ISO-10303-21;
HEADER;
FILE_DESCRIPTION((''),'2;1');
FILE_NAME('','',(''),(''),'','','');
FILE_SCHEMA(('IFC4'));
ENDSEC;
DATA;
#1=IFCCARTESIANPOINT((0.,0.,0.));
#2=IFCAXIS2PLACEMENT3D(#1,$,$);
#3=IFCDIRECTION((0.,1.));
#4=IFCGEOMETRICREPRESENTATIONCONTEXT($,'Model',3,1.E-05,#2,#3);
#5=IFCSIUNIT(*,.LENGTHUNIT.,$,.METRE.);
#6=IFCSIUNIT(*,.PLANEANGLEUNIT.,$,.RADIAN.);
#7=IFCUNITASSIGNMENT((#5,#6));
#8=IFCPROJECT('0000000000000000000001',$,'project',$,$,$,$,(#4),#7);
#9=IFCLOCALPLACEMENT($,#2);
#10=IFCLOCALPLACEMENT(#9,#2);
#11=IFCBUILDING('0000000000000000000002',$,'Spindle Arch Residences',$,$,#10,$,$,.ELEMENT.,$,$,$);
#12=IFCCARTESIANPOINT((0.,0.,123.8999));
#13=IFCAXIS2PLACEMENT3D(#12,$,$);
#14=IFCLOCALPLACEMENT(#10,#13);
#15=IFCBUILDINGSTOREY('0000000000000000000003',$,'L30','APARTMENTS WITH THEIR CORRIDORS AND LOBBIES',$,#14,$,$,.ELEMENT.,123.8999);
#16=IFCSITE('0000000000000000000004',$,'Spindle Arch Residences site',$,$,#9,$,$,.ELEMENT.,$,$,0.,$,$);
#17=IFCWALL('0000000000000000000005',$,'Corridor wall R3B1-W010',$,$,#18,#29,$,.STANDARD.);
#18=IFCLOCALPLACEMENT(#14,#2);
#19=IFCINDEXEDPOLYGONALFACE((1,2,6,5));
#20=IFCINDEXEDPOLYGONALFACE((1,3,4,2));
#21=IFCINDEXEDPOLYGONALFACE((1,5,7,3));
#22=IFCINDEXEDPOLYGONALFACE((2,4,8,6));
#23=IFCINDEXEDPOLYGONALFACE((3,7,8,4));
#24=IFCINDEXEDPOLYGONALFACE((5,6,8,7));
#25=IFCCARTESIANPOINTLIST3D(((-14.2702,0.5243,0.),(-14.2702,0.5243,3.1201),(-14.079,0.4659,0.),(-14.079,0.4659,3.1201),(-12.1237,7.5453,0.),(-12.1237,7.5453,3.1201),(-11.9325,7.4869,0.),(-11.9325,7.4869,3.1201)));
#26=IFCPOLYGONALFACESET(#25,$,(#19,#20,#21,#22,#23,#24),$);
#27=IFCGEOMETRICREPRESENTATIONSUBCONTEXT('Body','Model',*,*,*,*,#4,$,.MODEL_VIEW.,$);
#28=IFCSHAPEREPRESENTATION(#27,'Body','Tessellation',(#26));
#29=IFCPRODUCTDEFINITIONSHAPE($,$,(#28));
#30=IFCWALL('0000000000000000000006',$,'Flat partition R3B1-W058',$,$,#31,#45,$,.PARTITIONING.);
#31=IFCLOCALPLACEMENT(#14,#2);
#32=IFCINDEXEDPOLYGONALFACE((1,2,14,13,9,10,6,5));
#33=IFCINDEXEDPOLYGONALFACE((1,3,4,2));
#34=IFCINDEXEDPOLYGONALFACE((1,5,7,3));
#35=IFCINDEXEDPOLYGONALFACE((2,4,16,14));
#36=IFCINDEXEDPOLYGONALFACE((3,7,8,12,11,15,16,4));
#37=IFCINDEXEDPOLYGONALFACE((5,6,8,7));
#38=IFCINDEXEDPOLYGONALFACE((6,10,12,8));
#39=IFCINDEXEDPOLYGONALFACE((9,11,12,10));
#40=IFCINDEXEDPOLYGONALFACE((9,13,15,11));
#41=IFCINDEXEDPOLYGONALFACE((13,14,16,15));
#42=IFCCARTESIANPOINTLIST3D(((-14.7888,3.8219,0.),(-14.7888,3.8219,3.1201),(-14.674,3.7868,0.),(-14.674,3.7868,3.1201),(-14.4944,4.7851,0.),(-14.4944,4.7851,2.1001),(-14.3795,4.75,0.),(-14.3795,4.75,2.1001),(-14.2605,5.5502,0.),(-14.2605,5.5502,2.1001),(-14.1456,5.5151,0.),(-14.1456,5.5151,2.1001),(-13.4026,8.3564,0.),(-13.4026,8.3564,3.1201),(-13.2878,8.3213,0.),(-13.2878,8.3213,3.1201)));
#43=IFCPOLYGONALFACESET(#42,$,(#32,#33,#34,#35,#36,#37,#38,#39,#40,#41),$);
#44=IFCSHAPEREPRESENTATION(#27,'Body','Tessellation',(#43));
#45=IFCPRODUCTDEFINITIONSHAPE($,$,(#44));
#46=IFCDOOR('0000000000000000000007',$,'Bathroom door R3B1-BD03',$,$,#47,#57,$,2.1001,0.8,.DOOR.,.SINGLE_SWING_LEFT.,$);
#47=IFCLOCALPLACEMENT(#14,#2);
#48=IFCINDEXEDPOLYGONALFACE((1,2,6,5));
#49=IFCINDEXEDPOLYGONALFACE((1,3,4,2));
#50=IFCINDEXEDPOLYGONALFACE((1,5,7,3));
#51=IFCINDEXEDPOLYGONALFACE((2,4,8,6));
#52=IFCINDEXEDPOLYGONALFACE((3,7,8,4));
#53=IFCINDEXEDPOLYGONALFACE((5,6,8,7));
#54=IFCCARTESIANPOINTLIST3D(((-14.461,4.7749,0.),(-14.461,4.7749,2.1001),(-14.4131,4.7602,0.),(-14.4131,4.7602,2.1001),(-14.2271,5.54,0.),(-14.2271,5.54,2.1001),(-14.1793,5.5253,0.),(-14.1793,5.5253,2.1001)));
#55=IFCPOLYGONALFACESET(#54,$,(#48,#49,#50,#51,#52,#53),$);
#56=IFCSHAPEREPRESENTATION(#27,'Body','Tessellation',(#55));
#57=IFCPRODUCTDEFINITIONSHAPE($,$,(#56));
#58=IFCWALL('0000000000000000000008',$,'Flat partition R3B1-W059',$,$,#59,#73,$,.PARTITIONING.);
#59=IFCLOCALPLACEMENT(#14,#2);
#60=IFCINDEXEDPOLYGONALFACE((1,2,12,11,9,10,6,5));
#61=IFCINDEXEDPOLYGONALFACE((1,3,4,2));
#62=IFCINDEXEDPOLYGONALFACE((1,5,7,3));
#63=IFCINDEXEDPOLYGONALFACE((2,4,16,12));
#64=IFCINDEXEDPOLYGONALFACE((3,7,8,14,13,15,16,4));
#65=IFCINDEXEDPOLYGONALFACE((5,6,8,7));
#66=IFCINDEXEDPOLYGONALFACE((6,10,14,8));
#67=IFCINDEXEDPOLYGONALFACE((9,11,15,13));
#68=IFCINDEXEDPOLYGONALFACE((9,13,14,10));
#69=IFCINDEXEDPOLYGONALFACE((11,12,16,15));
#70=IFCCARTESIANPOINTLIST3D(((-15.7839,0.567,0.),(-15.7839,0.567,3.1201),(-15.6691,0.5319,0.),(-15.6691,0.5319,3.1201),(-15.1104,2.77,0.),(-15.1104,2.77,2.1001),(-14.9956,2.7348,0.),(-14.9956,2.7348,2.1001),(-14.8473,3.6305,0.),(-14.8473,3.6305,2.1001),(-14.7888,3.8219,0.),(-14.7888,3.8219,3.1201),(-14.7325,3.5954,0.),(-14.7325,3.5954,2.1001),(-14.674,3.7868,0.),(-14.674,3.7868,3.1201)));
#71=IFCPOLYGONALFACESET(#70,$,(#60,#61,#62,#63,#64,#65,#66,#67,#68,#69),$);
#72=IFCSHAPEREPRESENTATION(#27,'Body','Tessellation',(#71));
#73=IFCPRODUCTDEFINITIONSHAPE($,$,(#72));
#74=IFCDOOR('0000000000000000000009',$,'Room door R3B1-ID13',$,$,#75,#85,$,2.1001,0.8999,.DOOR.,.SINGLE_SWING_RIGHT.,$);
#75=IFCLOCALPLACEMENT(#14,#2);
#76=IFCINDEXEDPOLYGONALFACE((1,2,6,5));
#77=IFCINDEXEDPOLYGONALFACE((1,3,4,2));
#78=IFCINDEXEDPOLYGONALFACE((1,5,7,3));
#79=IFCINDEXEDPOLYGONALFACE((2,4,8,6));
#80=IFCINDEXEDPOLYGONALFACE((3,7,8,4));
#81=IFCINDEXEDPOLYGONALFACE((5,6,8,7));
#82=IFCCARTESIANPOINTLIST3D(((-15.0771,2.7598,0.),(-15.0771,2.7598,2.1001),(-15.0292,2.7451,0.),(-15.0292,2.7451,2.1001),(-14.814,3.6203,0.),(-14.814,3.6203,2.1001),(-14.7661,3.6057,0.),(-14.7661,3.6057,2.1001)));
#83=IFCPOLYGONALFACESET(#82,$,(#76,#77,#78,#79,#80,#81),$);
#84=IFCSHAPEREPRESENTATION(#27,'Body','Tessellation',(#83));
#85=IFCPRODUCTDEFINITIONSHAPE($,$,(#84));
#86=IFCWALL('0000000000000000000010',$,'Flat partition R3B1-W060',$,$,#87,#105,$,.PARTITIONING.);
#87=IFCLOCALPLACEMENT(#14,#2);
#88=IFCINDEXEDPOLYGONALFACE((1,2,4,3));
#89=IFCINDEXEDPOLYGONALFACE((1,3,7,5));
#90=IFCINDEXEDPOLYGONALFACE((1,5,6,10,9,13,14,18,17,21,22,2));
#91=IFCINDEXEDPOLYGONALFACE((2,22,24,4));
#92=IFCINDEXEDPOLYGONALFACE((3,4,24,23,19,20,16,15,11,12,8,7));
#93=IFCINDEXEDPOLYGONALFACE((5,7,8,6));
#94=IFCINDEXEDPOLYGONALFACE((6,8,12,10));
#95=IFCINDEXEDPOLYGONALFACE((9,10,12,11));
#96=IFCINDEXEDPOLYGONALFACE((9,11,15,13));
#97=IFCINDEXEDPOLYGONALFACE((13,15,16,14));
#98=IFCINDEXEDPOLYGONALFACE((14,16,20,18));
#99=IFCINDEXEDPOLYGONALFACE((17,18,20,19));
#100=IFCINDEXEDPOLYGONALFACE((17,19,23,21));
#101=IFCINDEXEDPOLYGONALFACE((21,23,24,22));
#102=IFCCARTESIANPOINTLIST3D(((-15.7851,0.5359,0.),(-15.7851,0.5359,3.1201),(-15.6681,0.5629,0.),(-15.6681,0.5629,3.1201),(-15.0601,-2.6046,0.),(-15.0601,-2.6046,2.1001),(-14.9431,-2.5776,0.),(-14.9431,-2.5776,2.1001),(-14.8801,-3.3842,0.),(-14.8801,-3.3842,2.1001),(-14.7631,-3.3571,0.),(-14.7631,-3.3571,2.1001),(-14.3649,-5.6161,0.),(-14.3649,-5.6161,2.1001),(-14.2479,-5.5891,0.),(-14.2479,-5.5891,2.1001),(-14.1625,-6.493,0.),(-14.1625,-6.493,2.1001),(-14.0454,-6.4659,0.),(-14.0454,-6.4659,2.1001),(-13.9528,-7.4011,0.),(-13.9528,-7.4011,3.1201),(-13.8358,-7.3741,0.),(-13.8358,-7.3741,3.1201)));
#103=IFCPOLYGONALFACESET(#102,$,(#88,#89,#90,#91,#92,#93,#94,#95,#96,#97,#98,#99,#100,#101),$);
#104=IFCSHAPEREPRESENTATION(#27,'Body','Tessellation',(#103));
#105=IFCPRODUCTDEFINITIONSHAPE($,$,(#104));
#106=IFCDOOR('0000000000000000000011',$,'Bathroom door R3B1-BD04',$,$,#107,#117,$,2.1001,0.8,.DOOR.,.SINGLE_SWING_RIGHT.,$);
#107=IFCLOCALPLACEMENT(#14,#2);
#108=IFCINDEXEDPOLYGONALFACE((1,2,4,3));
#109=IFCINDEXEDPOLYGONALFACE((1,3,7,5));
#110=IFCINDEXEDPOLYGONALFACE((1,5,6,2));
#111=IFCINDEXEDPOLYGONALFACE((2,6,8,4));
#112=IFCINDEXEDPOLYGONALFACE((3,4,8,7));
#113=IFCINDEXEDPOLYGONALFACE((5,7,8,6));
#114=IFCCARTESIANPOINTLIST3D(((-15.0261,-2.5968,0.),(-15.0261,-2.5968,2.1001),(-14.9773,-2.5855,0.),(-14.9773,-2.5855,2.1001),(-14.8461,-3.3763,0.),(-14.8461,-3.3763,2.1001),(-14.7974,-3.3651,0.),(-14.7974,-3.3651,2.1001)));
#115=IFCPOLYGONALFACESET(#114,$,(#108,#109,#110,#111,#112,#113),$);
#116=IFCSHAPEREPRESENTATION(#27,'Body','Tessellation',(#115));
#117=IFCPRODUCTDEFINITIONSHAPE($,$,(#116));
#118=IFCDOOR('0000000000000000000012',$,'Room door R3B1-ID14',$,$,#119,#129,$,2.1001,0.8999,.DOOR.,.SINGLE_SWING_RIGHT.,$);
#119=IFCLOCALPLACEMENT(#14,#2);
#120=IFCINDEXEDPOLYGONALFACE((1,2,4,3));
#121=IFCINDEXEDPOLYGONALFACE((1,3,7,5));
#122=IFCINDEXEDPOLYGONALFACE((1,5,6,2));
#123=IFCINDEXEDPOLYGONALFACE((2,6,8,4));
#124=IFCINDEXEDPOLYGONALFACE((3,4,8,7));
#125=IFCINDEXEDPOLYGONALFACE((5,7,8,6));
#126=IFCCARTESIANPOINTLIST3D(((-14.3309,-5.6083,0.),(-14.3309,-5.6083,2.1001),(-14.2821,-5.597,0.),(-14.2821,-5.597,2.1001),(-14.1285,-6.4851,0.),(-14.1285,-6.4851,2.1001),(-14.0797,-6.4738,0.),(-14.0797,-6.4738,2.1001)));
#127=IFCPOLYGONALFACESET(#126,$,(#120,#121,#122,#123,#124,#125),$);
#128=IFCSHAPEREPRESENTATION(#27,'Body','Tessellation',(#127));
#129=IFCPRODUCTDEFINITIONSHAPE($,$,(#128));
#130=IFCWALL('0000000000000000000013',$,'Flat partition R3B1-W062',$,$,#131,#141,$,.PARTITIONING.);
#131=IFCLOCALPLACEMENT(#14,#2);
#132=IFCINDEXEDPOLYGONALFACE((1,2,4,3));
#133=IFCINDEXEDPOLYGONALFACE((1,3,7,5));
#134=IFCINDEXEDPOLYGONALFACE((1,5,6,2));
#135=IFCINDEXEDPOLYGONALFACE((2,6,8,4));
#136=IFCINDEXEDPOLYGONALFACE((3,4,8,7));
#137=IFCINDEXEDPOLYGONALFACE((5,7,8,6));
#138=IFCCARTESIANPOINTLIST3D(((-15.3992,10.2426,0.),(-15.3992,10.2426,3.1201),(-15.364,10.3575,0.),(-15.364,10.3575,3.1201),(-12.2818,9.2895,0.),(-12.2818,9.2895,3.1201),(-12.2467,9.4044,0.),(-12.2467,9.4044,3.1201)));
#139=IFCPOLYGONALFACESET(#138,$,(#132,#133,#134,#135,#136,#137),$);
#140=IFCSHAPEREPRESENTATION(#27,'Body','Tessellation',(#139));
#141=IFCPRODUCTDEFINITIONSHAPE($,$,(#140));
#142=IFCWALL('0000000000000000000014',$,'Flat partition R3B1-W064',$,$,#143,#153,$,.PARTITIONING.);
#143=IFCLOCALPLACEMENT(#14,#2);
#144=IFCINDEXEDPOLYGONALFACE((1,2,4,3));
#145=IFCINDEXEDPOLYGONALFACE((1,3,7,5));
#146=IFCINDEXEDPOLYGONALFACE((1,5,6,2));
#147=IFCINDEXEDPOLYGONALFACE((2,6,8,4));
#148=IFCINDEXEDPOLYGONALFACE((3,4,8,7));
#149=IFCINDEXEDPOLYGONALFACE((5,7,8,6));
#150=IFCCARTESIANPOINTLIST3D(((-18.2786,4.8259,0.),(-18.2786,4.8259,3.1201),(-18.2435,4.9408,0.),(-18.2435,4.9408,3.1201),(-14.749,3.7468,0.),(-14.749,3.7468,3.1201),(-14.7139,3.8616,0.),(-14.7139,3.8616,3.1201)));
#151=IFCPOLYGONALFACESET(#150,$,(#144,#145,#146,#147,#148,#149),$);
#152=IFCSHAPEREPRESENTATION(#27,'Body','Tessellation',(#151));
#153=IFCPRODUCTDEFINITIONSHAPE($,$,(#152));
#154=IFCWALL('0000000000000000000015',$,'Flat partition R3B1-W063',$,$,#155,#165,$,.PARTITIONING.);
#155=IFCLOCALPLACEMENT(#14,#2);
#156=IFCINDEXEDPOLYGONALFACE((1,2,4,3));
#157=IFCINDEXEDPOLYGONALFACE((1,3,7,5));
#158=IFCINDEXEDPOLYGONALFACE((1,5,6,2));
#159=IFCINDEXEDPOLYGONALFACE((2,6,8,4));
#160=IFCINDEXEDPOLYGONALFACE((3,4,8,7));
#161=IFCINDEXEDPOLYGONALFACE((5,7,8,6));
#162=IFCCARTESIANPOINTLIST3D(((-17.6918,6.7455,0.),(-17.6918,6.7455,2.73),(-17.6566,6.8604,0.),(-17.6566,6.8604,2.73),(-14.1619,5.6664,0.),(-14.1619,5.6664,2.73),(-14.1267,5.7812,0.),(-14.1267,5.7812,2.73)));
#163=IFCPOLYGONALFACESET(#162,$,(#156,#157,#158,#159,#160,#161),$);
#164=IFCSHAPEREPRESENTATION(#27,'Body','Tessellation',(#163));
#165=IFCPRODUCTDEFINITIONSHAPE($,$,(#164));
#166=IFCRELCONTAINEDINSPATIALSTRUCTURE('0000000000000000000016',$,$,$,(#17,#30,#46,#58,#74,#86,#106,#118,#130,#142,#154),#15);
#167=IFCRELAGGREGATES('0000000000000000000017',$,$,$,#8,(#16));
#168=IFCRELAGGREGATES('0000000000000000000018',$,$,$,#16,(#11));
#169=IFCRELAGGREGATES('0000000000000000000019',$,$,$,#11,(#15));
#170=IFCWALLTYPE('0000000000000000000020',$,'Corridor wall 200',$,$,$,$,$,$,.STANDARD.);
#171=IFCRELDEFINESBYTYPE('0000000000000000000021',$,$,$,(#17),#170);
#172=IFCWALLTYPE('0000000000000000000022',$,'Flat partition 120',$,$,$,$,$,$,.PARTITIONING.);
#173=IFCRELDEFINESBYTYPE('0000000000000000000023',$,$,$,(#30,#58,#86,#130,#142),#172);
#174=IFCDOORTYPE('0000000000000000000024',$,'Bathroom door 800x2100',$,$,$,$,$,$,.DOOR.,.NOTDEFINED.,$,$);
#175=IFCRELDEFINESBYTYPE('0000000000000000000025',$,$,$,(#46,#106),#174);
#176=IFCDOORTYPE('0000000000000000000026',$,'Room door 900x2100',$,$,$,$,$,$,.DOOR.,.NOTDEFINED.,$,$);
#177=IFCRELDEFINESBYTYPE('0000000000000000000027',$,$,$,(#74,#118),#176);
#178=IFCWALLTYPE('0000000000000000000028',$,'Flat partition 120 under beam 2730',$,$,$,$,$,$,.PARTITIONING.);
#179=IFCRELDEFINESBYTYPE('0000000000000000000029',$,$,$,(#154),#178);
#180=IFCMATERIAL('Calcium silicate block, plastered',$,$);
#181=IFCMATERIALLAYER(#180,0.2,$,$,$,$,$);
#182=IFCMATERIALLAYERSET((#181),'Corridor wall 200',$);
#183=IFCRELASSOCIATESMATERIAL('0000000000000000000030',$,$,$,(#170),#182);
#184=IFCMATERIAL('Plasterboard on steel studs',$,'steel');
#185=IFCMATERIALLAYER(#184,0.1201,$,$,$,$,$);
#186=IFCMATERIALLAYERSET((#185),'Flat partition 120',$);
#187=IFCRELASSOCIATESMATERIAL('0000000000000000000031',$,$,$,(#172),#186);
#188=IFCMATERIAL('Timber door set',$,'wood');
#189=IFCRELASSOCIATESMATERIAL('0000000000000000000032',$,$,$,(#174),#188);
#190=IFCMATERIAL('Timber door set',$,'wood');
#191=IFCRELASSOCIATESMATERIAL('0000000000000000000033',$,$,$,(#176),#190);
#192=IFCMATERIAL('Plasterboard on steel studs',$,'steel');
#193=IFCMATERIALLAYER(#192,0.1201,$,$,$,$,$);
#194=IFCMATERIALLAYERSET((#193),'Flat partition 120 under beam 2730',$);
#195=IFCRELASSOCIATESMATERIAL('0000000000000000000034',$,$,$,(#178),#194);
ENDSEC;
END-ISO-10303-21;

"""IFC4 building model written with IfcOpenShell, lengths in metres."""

from ifc_helpers import new_model, si_unit, direction, frame, frame_2d, origin, place, context, subcontext, project, spatial, rectangle, extrude, material, layer, layer_set, type_object, element, fill, save


model = new_model("IFC4")

# Units and contexts
model_context = context("Model", 3, precision=1e-05, world=origin(), true_north=direction((0.0, 1.0)))
body_context = subcontext(model_context, "Body", "Model", "MODEL_VIEW")
ifc_project = project(units=[si_unit("LENGTHUNIT", "METRE"), si_unit("PLANEANGLEUNIT", "RADIAN")], contexts=[model_context])

# Site, building, storey
site_placement = place(None, origin())
site = spatial("IfcSite", under=ifc_project, at=site_placement, Name="Spindle Arch Residences site", CompositionType="ELEMENT", RefElevation=0.0)
building_placement = place(site_placement, origin())
building = spatial("IfcBuilding", under=site, at=building_placement, Name="Spindle Arch Residences", CompositionType="ELEMENT")
storey_placement = place(building_placement, frame((0.0, 0.0, 123.8999)))
storey = spatial("IfcBuildingStorey", under=building, at=storey_placement, Name="L30", Description="APARTMENTS WITH THEIR CORRIDORS AND LOBBIES", CompositionType="ELEMENT", Elevation=123.8999)

# Wall
ifc_material_1 = material(Name="Calcium silicate block, plastered")
ifc_layer_1 = layer(ifc_material_1, 0.2)
ifc_layer_set_1 = layer_set([ifc_layer_1], Name="Corridor wall 200")
wall_type_1 = type_object("IfcWallType", Name="Corridor wall 200", PredefinedType="STANDARD", material=ifc_layer_set_1)
wall_1_placement = place(storey_placement, frame((-12.0281, 7.5161, 0.0), z_axis=(0.0, 0.0, 1.0), x_axis=(-0.292366, -0.956307, 0.0)))
element("IfcWall", 1, at=wall_1_placement, inside=storey, type_object=wall_type_1, Name="Corridor wall R3B1-W010", PredefinedType="STANDARD", context=body_context, shape_type="SweptSolid", body=[
    extrude(rectangle(XDim=7.3418, YDim=0.2, at=frame_2d((3.6709, 0.0))), origin(), (0.0, 0.0, 1.0), 3.1201),
])

# Walls, openings, doors
ifc_material_2 = material(Name="Plasterboard on steel studs", Category="steel")
ifc_layer_2 = layer(ifc_material_2, 0.1201)
ifc_layer_set_2 = layer_set([ifc_layer_2], Name="Flat partition 120")
wall_type_2 = type_object("IfcWallType", Name="Flat partition 120", PredefinedType="PARTITIONING", material=ifc_layer_set_2)
wall_2_placement = place(storey_placement, frame((-13.3452, 8.3389, 0.0), z_axis=(0.0, 0.0, 1.0), x_axis=(-0.292341, -0.956314, 0.0)))
wall_2 = element("IfcWall", 2, at=wall_2_placement, inside=storey, type_object=wall_type_2, Name="Flat partition R3B1-W058", PredefinedType="PARTITIONING", context=body_context, shape_type="SweptSolid", body=[
    extrude(rectangle(XDim=4.7417, YDim=0.1201, at=frame_2d((2.3708, 0.0))), origin(), (0.0, 0.0, 1.0), 3.1201),
])
opening_1_placement = place(wall_2_placement, frame((2.9346, 0.0, 0.0)))
opening_1 = element("IfcOpeningElement", 3, at=opening_1_placement, cuts=wall_2, PredefinedType="OPENING", context=body_context, shape_type="SweptSolid", body=[
    extrude(rectangle(XDim=0.8, YDim=2.1001, at=frame_2d((0.3999, 1.05))), frame((0.0, 0.0701, 0.0), z_axis=(0.0, -1.0, 0.0), x_axis=(1.0, 0.0, 0.0)), (0.0, 0.0, 1.0), 0.1401),
])
ifc_material_3 = material(Name="Timber door set", Category="wood")
door_type_1 = type_object("IfcDoorType", Name="Bathroom door 800x2100", OperationType="NOTDEFINED", PredefinedType="DOOR", material=ifc_material_3)
door_1_placement = place(opening_1_placement, origin())
door_1 = element("IfcDoor", 4, at=door_1_placement, inside=storey, type_object=door_type_1, Name="Bathroom door R3B1-BD03", OperationType="SINGLE_SWING_LEFT", OverallHeight=2.1001, OverallWidth=0.8, PredefinedType="DOOR", context=body_context, shape_type="SweptSolid", body=[
    extrude(rectangle(XDim=0.8, YDim=2.1001, at=frame_2d((0.3999, 1.05))), frame((0.0, 0.0249, 0.0), z_axis=(0.0, -1.0, 0.0), x_axis=(1.0, 0.0, 0.0)), (0.0, 0.0, 1.0), 0.05),
])
fill(opening_1, door_1)
wall_3_placement = place(storey_placement, frame((-14.7314, 3.8042, 0.0), z_axis=(0.0, 0.0, 1.0), x_axis=(-0.292372, -0.956305, 0.0)))
wall_3 = element("IfcWall", 5, at=wall_3_placement, inside=storey, type_object=wall_type_2, Name="Flat partition R3B1-W059", PredefinedType="PARTITIONING", context=body_context, shape_type="SweptSolid", body=[
    extrude(rectangle(XDim=3.4036, YDim=0.1201, at=frame_2d((1.7017, 0.0))), origin(), (0.0, 0.0, 1.0), 3.1201),
])
opening_2_placement = place(wall_3_placement, frame((0.2, 0.0, 0.0)))
opening_2 = element("IfcOpeningElement", 6, at=opening_2_placement, cuts=wall_3, PredefinedType="OPENING", context=body_context, shape_type="SweptSolid", body=[
    extrude(rectangle(XDim=0.8999, YDim=2.1001, at=frame_2d((0.45, 1.05))), frame((0.0, 0.0701, 0.0), z_axis=(0.0, -1.0, 0.0), x_axis=(1.0, 0.0, 0.0)), (0.0, 0.0, 1.0), 0.1401),
])
ifc_material_4 = material(Name="Timber door set", Category="wood")
door_type_2 = type_object("IfcDoorType", Name="Room door 900x2100", OperationType="NOTDEFINED", PredefinedType="DOOR", material=ifc_material_4)
door_2_placement = place(opening_2_placement, origin())
door_2 = element("IfcDoor", 7, at=door_2_placement, inside=storey, type_object=door_type_2, Name="Room door R3B1-ID13", OperationType="SINGLE_SWING_RIGHT", OverallHeight=2.1001, OverallWidth=0.8999, PredefinedType="DOOR", context=body_context, shape_type="SweptSolid", body=[
    extrude(rectangle(XDim=0.8999, YDim=2.1001, at=frame_2d((0.45, 1.05))), frame((0.0, 0.0249, 0.0), z_axis=(0.0, -1.0, 0.0), x_axis=(1.0, 0.0, 0.0)), (0.0, 0.0, 1.0), 0.05),
])
fill(opening_2, door_2)

# Wall, openings, doors
wall_4_placement = place(storey_placement, frame((-15.7266, 0.5493, 0.0), z_axis=(0.0, 0.0, 1.0), x_axis=(0.224936, -0.974374, 0.0)))
wall_4 = element("IfcWall", 8, at=wall_4_placement, inside=storey, type_object=wall_type_2, Name="Flat partition R3B1-W060", PredefinedType="PARTITIONING", context=body_context, shape_type="SweptSolid", body=[
    extrude(rectangle(XDim=8.1458, YDim=0.1201, at=frame_2d((4.0728, 0.0))), origin(), (0.0, 0.0, 1.0), 3.1201),
])
opening_3_placement = place(wall_4_placement, frame((3.2231, 0.0, 0.0)))
opening_3 = element("IfcOpeningElement", 9, at=opening_3_placement, cuts=wall_4, PredefinedType="OPENING", context=body_context, shape_type="SweptSolid", body=[
    extrude(rectangle(XDim=0.8, YDim=2.1001, at=frame_2d((0.3999, 1.05))), frame((0.0, 0.0701, 0.0), z_axis=(0.0, -1.0, 0.0), x_axis=(1.0, 0.0, 0.0)), (0.0, 0.0, 1.0), 0.1401),
])
opening_4_placement = place(wall_4_placement, frame((6.3137, 0.0, 0.0)))
opening_4 = element("IfcOpeningElement", 10, at=opening_4_placement, cuts=wall_4, PredefinedType="OPENING", context=body_context, shape_type="SweptSolid", body=[
    extrude(rectangle(XDim=0.8999, YDim=2.1001, at=frame_2d((0.45, 1.05))), frame((0.0, 0.0701, 0.0), z_axis=(0.0, -1.0, 0.0), x_axis=(1.0, 0.0, 0.0)), (0.0, 0.0, 1.0), 0.1401),
])
door_3_placement = place(opening_3_placement, origin())
door_3 = element("IfcDoor", 11, at=door_3_placement, inside=storey, type_object=door_type_1, Name="Bathroom door R3B1-BD04", OperationType="SINGLE_SWING_RIGHT", OverallHeight=2.1001, OverallWidth=0.8, PredefinedType="DOOR", context=body_context, shape_type="SweptSolid", body=[
    extrude(rectangle(XDim=0.8, YDim=2.1001, at=frame_2d((0.3999, 1.05))), frame((0.0, 0.0249, 0.0), z_axis=(0.0, -1.0, 0.0), x_axis=(1.0, 0.0, 0.0)), (0.0, 0.0, 1.0), 0.05),
])
fill(opening_3, door_3)
door_4_placement = place(opening_4_placement, origin())
door_4 = element("IfcDoor", 12, at=door_4_placement, inside=storey, type_object=door_type_2, Name="Room door R3B1-ID14", OperationType="SINGLE_SWING_RIGHT", OverallHeight=2.1001, OverallWidth=0.8999, PredefinedType="DOOR", context=body_context, shape_type="SweptSolid", body=[
    extrude(rectangle(XDim=0.8999, YDim=2.1001, at=frame_2d((0.45, 1.05))), frame((0.0, 0.0249, 0.0), z_axis=(0.0, -1.0, 0.0), x_axis=(1.0, 0.0, 0.0)), (0.0, 0.0, 1.0), 0.05),
])
fill(opening_4, door_4)

# Walls
wall_5_placement = place(storey_placement, frame((-15.3816, 10.3, 0.0), z_axis=(0.0, 0.0, 1.0), x_axis=(0.956302, -0.29238, 0.0)))
element("IfcWall", 13, at=wall_5_placement, inside=storey, type_object=wall_type_2, Name="Flat partition R3B1-W062", PredefinedType="PARTITIONING", context=body_context, shape_type="SweptSolid", body=[
    extrude(rectangle(XDim=3.2598, YDim=0.1201, at=frame_2d((1.6299, 0.0))), origin(), (0.0, 0.0, 1.0), 3.1201),
])
wall_6_placement = place(storey_placement, frame((-14.7314, 3.8042, 0.0), z_axis=(0.0, 0.0, 1.0), x_axis=(-0.956304, 0.292375, 0.0)))
element("IfcWall", 14, at=wall_6_placement, inside=storey, type_object=wall_type_2, Name="Flat partition R3B1-W064", PredefinedType="PARTITIONING", context=body_context, shape_type="SweptSolid", body=[
    extrude(rectangle(XDim=3.6909, YDim=0.1201, at=frame_2d((1.8455, 0.0))), origin(), (0.0, 0.0, 1.0), 3.1201),
])
ifc_material_5 = material(Name="Plasterboard on steel studs", Category="steel")
ifc_layer_3 = layer(ifc_material_5, 0.1201)
ifc_layer_set_3 = layer_set([ifc_layer_3], Name="Flat partition 120 under beam 2730")
wall_type_3 = type_object("IfcWallType", Name="Flat partition 120 under beam 2730", PredefinedType="PARTITIONING", material=ifc_layer_set_3)
wall_7_placement = place(storey_placement, frame((-17.6743, 6.803, 0.0), z_axis=(0.0, 0.0, 1.0), x_axis=(0.956309, -0.292356, 0.0)))
element("IfcWall", 15, at=wall_7_placement, inside=storey, type_object=wall_type_3, Name="Flat partition R3B1-W063", PredefinedType="PARTITIONING", context=body_context, shape_type="SweptSolid", body=[
    extrude(rectangle(XDim=3.6912, YDim=0.1201, at=frame_2d((1.8457, 0.0))), origin(), (0.0, 0.0, 1.0), 2.73),
])

save(model, "model.ifc")
